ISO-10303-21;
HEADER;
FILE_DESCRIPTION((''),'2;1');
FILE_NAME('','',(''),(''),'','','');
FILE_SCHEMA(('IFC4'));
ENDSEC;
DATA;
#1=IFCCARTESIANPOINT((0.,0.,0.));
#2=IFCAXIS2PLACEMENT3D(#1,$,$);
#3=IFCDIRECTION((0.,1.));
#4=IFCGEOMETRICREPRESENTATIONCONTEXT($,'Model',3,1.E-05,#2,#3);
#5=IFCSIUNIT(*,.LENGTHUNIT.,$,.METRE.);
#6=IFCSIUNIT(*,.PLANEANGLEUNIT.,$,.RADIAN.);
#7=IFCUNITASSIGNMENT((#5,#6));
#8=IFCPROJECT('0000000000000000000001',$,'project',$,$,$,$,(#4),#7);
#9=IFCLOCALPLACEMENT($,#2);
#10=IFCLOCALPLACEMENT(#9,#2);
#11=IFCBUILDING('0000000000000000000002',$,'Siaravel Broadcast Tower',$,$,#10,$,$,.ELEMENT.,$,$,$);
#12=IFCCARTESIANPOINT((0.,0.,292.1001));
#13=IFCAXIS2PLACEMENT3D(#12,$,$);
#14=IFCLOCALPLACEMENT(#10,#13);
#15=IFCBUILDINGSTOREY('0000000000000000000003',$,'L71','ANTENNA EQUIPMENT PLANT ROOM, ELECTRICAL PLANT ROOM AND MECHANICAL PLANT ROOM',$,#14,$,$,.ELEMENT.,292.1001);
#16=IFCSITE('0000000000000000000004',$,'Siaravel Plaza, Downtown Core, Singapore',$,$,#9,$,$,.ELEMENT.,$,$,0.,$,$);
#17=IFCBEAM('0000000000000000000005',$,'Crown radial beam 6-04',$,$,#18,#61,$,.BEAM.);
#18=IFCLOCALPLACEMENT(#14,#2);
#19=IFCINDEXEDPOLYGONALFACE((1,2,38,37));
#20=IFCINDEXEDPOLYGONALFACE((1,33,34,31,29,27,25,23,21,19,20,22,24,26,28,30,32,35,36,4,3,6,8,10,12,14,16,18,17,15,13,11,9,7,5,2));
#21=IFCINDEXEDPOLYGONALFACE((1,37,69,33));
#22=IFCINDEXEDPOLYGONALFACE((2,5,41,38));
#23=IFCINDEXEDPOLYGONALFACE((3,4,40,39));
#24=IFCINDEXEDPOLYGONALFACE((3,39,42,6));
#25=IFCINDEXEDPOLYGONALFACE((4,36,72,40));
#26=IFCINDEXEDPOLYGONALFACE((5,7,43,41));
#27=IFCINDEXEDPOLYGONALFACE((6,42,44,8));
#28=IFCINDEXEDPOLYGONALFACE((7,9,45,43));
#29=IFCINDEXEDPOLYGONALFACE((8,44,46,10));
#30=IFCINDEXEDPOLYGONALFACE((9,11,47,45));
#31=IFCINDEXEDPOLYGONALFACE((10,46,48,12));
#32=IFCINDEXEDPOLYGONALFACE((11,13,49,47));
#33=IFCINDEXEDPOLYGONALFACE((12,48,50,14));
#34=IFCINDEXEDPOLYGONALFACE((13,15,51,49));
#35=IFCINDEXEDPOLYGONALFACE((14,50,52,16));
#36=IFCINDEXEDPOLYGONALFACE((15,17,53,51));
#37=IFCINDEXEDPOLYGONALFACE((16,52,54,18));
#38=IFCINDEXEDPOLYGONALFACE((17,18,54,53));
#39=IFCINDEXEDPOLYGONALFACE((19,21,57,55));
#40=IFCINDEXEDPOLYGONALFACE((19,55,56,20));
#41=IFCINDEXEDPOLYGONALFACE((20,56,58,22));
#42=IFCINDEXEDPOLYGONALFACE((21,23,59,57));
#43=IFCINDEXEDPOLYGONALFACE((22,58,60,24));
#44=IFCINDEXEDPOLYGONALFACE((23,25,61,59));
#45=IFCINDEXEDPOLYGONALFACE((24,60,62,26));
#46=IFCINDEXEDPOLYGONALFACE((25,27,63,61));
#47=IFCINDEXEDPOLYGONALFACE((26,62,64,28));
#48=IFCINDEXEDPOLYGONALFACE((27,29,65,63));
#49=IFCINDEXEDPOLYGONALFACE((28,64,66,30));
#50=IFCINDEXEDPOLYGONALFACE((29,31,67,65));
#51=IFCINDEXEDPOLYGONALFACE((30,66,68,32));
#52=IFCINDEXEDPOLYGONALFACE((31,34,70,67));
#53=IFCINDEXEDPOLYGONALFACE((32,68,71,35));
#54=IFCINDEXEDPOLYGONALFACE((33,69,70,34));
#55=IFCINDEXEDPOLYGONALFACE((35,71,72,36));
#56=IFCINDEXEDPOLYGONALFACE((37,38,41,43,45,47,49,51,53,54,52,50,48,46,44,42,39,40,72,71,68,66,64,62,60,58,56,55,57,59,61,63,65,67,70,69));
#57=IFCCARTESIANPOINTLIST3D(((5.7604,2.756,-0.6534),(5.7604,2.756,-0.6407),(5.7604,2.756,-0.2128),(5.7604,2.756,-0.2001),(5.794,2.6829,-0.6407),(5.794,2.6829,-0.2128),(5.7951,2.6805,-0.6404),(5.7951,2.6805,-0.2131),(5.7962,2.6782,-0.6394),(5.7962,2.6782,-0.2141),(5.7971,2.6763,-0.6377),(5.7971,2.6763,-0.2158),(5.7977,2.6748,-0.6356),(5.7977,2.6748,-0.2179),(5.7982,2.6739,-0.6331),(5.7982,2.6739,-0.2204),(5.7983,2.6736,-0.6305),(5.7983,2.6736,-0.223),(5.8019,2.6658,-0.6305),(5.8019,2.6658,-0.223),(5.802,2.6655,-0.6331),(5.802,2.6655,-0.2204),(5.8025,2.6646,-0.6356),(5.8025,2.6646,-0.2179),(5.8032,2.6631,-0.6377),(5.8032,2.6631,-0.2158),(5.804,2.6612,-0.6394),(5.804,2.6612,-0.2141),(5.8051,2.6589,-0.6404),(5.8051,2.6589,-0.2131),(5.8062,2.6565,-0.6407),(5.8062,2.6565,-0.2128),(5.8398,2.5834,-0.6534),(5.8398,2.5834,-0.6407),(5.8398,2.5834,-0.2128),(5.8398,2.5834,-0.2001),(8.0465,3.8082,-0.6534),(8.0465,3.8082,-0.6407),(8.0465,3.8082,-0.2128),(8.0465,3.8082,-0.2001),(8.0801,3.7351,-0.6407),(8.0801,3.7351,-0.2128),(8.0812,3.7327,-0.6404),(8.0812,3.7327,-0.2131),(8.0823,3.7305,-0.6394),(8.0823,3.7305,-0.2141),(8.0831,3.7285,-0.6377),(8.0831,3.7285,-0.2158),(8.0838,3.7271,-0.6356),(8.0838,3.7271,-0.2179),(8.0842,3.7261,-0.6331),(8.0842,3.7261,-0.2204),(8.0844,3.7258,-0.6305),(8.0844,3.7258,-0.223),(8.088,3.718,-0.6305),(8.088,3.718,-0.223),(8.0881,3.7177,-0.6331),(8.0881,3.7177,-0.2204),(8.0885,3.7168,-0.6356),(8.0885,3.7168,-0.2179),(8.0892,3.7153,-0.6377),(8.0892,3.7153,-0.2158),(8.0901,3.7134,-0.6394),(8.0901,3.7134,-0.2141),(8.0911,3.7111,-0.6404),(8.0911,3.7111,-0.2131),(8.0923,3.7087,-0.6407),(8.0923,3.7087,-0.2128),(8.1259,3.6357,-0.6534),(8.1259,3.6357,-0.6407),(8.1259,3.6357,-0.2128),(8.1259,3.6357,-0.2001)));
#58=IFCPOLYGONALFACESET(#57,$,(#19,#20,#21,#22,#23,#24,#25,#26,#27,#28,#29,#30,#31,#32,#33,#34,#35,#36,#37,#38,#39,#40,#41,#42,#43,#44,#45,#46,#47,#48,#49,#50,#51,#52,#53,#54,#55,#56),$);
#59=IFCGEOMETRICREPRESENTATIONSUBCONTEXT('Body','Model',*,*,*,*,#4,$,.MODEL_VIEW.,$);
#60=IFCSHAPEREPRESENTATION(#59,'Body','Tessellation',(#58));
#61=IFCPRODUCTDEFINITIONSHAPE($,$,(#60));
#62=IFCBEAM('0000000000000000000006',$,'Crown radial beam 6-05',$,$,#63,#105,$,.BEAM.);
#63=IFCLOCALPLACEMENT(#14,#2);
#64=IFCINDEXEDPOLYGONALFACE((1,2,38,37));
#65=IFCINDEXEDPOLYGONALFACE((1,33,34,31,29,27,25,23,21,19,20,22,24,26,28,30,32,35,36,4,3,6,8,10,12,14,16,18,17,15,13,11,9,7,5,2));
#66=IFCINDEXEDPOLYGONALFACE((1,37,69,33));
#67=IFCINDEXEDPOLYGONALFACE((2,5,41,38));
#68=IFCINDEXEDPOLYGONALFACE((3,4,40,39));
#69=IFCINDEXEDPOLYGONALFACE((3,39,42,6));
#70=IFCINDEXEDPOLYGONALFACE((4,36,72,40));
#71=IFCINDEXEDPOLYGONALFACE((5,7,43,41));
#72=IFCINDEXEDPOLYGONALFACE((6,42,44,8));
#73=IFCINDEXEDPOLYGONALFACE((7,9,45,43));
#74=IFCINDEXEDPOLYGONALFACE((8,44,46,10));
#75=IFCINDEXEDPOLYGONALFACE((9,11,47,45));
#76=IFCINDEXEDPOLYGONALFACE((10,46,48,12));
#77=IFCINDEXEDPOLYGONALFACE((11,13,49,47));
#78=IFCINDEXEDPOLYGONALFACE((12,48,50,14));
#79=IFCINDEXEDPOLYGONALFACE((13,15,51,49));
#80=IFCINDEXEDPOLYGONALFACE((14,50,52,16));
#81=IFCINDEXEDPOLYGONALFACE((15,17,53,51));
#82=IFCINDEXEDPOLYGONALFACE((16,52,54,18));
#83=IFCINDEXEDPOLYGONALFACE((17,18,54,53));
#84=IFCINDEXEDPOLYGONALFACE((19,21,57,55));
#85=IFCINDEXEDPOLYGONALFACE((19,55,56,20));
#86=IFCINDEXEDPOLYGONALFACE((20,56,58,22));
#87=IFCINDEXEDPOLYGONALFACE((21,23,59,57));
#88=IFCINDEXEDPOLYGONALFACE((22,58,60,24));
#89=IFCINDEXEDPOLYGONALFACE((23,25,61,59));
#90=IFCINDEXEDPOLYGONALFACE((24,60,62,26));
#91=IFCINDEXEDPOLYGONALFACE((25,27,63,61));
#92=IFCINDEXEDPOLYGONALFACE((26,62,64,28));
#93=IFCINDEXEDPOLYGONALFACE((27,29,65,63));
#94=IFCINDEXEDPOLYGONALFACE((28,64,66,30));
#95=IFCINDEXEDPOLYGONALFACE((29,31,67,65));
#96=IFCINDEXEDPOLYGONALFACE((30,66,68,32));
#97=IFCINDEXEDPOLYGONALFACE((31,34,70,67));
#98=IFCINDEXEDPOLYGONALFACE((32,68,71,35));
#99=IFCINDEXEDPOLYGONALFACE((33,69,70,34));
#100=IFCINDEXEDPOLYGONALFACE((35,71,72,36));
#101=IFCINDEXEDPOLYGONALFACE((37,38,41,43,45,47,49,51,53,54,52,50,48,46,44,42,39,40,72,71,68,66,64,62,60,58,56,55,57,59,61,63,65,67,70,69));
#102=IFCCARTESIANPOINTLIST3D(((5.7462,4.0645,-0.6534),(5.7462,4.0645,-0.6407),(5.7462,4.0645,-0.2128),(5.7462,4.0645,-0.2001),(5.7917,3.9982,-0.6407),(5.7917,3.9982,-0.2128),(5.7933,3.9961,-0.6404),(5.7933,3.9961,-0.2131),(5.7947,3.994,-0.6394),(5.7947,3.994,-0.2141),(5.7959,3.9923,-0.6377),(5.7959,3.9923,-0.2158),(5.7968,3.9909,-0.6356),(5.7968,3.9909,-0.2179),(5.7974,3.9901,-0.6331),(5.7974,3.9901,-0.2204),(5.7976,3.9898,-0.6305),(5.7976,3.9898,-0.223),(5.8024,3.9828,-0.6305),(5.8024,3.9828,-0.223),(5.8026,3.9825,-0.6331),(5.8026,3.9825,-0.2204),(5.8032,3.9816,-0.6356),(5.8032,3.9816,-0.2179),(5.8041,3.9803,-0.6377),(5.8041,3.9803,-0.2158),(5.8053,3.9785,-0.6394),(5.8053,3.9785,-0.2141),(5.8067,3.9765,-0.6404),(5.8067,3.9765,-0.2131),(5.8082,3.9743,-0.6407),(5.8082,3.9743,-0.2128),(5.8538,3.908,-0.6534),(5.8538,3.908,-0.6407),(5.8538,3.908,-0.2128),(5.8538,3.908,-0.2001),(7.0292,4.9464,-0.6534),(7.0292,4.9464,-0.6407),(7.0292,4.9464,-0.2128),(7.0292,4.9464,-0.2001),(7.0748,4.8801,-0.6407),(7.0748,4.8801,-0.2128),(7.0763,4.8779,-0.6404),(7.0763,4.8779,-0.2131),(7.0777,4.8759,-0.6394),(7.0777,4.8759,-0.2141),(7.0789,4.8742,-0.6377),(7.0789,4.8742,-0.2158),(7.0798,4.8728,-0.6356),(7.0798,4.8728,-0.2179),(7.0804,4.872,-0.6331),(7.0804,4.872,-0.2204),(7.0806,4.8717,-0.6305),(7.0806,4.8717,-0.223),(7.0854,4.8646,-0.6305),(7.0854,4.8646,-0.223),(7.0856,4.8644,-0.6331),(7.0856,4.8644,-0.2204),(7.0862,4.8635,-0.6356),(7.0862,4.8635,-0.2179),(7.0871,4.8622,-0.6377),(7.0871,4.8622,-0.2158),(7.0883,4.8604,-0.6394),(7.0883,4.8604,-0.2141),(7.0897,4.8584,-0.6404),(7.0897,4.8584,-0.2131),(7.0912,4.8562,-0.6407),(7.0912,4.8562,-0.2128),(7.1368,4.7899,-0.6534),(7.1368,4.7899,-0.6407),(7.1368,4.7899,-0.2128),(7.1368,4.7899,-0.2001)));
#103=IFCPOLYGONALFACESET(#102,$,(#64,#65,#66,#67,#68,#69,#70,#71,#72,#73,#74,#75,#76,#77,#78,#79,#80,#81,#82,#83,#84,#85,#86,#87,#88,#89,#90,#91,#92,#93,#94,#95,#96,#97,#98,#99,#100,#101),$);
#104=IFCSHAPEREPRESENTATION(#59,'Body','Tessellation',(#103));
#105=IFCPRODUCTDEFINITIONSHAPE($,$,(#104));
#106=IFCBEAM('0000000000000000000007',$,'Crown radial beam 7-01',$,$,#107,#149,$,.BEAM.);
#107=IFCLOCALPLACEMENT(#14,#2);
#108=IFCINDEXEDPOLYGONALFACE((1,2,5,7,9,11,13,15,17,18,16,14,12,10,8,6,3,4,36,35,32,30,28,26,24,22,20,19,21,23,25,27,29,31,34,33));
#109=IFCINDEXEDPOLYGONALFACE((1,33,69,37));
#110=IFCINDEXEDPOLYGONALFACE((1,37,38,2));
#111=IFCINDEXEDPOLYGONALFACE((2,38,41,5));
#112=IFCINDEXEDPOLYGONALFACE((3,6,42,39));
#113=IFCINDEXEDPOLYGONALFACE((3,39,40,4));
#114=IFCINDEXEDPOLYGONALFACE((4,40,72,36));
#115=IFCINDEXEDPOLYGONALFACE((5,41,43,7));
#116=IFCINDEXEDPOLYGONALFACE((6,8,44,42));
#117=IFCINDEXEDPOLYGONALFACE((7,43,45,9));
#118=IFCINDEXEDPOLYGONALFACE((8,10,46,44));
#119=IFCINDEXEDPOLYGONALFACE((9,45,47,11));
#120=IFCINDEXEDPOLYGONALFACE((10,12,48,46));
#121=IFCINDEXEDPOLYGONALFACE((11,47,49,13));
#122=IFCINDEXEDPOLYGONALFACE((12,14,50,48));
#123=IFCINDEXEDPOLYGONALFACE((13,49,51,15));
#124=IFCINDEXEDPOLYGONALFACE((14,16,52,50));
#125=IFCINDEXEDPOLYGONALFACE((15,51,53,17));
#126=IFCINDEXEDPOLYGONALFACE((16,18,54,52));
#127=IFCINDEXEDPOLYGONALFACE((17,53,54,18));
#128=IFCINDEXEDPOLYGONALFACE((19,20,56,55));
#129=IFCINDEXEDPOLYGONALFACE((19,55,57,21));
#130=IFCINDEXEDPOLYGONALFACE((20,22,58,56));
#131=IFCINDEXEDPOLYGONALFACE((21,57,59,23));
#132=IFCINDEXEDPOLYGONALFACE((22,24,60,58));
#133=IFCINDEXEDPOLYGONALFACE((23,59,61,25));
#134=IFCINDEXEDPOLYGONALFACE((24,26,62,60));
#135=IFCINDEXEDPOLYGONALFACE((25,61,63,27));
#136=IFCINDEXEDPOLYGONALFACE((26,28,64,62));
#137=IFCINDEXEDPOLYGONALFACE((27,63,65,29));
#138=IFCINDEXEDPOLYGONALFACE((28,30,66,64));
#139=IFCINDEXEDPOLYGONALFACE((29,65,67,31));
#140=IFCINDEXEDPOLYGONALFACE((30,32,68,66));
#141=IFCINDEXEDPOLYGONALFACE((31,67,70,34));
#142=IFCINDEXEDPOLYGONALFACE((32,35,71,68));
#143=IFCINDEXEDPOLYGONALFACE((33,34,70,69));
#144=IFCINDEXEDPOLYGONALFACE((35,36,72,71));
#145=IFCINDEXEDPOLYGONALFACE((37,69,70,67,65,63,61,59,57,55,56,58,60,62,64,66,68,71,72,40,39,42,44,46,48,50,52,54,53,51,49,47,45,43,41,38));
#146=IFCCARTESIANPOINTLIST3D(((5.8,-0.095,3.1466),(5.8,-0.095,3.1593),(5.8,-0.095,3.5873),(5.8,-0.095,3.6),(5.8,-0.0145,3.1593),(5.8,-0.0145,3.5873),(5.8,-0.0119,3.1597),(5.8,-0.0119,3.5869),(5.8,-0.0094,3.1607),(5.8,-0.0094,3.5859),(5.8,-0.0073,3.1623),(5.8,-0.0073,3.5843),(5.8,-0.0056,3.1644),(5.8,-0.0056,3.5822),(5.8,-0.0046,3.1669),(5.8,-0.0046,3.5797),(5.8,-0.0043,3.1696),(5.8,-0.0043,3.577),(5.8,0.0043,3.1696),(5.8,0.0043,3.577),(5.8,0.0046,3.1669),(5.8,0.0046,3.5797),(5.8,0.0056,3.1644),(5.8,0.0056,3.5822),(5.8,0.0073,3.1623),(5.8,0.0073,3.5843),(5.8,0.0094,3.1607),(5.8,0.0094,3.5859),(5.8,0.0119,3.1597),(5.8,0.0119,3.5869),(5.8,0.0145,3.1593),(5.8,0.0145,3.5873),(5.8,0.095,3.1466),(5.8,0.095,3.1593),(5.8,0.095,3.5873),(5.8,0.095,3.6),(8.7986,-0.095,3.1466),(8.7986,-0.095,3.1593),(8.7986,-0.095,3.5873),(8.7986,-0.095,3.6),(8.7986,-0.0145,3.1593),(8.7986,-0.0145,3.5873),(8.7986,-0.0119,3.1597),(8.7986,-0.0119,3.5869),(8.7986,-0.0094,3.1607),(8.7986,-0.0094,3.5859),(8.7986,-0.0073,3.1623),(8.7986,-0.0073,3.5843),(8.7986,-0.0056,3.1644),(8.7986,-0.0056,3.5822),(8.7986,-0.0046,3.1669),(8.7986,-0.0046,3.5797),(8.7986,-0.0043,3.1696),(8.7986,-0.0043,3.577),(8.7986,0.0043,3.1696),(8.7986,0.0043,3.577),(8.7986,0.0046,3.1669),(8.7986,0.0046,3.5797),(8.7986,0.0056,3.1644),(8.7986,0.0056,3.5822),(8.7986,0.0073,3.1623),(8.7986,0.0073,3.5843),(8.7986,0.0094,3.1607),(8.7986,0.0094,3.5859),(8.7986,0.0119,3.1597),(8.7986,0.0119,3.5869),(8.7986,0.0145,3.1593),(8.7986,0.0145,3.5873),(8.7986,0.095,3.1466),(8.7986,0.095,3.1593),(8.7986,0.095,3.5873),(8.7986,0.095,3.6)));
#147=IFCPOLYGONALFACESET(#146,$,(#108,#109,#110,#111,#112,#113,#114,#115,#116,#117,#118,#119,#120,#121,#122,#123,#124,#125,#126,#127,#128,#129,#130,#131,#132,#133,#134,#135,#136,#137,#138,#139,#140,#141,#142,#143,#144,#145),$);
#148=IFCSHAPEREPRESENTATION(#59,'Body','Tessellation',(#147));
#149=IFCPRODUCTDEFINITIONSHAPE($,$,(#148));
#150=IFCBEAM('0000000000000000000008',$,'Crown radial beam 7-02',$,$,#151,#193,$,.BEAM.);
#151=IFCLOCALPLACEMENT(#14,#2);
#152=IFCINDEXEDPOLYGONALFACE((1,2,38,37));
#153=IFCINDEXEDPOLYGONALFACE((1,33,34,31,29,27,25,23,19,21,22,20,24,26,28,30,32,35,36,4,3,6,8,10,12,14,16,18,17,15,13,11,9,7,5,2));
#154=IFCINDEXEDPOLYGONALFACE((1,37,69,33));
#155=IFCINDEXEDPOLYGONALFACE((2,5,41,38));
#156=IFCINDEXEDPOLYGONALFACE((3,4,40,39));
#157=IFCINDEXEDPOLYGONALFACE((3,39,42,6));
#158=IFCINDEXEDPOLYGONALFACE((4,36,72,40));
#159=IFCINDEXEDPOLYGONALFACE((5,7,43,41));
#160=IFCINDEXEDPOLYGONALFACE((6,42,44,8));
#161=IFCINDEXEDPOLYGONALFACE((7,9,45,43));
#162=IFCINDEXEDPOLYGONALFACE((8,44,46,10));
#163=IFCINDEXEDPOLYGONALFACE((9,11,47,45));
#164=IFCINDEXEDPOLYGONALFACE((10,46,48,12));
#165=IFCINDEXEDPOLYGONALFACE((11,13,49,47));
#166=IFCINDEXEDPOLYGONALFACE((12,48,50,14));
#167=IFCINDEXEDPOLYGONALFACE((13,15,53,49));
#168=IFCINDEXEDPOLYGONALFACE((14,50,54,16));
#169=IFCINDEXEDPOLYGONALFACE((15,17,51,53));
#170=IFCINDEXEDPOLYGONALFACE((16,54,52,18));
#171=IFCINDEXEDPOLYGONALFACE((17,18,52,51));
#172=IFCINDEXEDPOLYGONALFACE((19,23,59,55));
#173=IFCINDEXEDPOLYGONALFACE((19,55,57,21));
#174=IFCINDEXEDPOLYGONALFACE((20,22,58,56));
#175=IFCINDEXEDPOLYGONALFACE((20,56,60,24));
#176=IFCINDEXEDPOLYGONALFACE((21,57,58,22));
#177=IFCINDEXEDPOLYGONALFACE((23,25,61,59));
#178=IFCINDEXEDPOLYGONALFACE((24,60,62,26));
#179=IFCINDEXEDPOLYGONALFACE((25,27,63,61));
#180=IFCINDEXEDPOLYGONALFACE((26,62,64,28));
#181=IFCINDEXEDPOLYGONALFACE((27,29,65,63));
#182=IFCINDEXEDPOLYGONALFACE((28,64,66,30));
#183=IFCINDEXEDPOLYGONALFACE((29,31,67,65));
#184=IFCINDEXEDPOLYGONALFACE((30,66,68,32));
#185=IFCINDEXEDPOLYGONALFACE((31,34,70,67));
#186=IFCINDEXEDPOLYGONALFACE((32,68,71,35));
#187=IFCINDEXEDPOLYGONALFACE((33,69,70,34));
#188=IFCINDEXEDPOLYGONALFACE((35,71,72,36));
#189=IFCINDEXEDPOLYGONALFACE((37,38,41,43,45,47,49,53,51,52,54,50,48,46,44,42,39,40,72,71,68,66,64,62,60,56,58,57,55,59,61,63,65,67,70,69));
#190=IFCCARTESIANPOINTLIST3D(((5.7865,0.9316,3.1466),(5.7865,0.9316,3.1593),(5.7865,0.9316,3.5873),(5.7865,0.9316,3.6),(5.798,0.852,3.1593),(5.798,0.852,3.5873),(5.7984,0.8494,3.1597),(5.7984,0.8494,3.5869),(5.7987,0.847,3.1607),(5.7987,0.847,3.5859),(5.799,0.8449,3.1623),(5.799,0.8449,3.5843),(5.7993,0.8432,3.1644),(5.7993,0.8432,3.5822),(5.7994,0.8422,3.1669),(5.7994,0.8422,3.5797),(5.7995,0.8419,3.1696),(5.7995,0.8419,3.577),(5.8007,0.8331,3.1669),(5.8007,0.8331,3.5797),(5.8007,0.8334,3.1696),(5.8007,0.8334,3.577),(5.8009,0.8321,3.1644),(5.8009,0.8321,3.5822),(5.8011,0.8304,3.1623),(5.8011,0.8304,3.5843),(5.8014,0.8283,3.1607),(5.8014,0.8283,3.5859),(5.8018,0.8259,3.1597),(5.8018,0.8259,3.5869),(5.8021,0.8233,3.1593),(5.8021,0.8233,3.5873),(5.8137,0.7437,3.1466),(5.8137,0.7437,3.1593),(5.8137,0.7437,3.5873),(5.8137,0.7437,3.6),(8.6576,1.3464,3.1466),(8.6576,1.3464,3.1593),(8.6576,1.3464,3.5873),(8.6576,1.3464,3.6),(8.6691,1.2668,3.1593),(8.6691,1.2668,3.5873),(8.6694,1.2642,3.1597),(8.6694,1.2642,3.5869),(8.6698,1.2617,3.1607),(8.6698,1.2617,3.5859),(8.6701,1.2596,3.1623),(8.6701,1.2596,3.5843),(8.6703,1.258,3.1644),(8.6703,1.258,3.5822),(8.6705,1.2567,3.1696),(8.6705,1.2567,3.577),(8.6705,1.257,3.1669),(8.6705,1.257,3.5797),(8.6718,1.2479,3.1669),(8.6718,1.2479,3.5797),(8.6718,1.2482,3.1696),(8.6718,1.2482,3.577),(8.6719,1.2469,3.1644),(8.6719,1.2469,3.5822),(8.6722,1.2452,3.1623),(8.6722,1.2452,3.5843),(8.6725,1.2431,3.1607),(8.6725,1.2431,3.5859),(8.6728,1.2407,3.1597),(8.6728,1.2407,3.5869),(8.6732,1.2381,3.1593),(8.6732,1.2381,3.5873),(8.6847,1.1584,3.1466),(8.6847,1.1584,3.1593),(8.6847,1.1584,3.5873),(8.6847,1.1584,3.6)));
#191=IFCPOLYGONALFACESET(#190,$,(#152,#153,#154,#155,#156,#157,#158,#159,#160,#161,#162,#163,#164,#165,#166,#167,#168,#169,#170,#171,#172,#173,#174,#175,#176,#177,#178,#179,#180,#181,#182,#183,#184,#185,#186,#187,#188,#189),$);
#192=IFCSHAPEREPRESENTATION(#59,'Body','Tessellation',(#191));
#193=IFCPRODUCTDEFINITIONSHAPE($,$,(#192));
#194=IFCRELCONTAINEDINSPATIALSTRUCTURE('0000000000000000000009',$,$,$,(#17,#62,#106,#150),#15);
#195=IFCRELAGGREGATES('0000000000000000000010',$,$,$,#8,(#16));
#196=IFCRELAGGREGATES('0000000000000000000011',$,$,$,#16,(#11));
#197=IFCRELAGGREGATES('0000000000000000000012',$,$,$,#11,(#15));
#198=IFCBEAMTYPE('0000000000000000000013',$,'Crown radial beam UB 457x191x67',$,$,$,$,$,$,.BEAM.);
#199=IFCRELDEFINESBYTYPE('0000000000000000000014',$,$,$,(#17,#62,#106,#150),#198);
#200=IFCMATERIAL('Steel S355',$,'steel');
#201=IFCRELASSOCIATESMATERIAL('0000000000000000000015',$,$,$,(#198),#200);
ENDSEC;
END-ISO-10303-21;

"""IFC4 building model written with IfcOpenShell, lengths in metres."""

from ifc_helpers import new_model, si_unit, direction, frame, origin, origin_2d, place, context, subcontext, project, spatial, i_section, extrude, material, material_profile, profile_set, type_object, element, save


model = new_model("IFC4")

# Units and contexts
model_context = context("Model", 3, precision=1e-05, world=origin(), true_north=direction((0.0, 1.0)))
body_context = subcontext(model_context, "Body", "Model", "MODEL_VIEW")
ifc_project = project(units=[si_unit("LENGTHUNIT", "METRE"), si_unit("PLANEANGLEUNIT", "RADIAN")], contexts=[model_context])

# Site, building, storey
site_placement = place(None, origin())
site = spatial("IfcSite", under=ifc_project, at=site_placement, Name="Siaravel Plaza, Downtown Core, Singapore", CompositionType="ELEMENT", RefElevation=0.0)
building_placement = place(site_placement, origin())
building = spatial("IfcBuilding", under=site, at=building_placement, Name="Siaravel Broadcast Tower", CompositionType="ELEMENT")
storey_placement = place(building_placement, frame((0.0, 0.0, 292.1001)))
storey = spatial("IfcBuildingStorey", under=building, at=storey_placement, Name="L71", Description="ANTENNA EQUIPMENT PLANT ROOM, ELECTRICAL PLANT ROOM AND MECHANICAL PLANT ROOM", CompositionType="ELEMENT", Elevation=292.1001)

# Beams
ifc_material_1 = material(Name="Steel S355", Category="steel")
ifc_material_profile_1 = material_profile(ifc_material_1, i_section(OverallWidth=0.1899, OverallDepth=0.4534, WebThickness=0.0085, FlangeThickness=0.0127, FilletRadius=0.0103, at=origin_2d()))
ifc_profile_set_1 = profile_set([ifc_material_profile_1], Name="Steel S355")
beam_type_1 = type_object("IfcBeamType", Name="Crown radial beam UB 457x191x67", PredefinedType="BEAM", material=ifc_profile_set_1)
beam_1_placement = place(storey_placement, frame((8.0862, 3.7219, -0.4268), z_axis=(-0.908396, -0.418111, 0.0), x_axis=(0.418111, -0.908396, 0.0)))
element("IfcBeam", 1, at=beam_1_placement, inside=storey, type_object=beam_type_1, Name="Crown radial beam 6-04", PredefinedType="BEAM", context=body_context, shape_type="SweptSolid", body=[
    extrude(i_section(OverallWidth=0.1899, OverallDepth=0.4534, WebThickness=0.0085, FlangeThickness=0.0127, FilletRadius=0.0103, at=origin_2d()), origin(), (0.0, 0.0, 1.0), 2.5166),
])
beam_2_placement = place(storey_placement, frame((7.083, 4.8682, -0.4268), z_axis=(-0.824101, -0.566442, 0.0), x_axis=(0.566442, -0.824101, 0.0)))
element("IfcBeam", 2, at=beam_2_placement, inside=storey, type_object=beam_type_1, Name="Crown radial beam 6-05", PredefinedType="BEAM", context=body_context, shape_type="SweptSolid", body=[
    extrude(i_section(OverallWidth=0.1899, OverallDepth=0.4534, WebThickness=0.0085, FlangeThickness=0.0127, FilletRadius=0.0103, at=origin_2d()), origin(), (0.0, 0.0, 1.0), 1.5569),
])
beam_3_placement = place(storey_placement, frame((8.7986, 0.0, 3.3733), z_axis=(-1.0, 0.0, 0.0), x_axis=(0.0, -1.0, 0.0)))
element("IfcBeam", 3, at=beam_3_placement, inside=storey, type_object=beam_type_1, Name="Crown radial beam 7-01", PredefinedType="BEAM", context=body_context, shape_type="SweptSolid", body=[
    extrude(i_section(OverallWidth=0.1899, OverallDepth=0.4534, WebThickness=0.0085, FlangeThickness=0.0127, FilletRadius=0.0103, at=origin_2d()), origin(), (0.0, 0.0, 1.0), 2.9985),
])
beam_4_placement = place(storey_placement, frame((8.6711, 1.2524, 3.3733), z_axis=(-0.989724, -0.142988, 0.0), x_axis=(0.142988, -0.989724, 0.0)))
element("IfcBeam", 4, at=beam_4_placement, inside=storey, type_object=beam_type_1, Name="Crown radial beam 7-02", PredefinedType="BEAM", context=body_context, shape_type="SweptSolid", body=[
    extrude(i_section(OverallWidth=0.1899, OverallDepth=0.4534, WebThickness=0.0085, FlangeThickness=0.0127, FilletRadius=0.0103, at=origin_2d()), origin(), (0.0, 0.0, 1.0), 2.9009),
])

save(model, "model.ifc")
